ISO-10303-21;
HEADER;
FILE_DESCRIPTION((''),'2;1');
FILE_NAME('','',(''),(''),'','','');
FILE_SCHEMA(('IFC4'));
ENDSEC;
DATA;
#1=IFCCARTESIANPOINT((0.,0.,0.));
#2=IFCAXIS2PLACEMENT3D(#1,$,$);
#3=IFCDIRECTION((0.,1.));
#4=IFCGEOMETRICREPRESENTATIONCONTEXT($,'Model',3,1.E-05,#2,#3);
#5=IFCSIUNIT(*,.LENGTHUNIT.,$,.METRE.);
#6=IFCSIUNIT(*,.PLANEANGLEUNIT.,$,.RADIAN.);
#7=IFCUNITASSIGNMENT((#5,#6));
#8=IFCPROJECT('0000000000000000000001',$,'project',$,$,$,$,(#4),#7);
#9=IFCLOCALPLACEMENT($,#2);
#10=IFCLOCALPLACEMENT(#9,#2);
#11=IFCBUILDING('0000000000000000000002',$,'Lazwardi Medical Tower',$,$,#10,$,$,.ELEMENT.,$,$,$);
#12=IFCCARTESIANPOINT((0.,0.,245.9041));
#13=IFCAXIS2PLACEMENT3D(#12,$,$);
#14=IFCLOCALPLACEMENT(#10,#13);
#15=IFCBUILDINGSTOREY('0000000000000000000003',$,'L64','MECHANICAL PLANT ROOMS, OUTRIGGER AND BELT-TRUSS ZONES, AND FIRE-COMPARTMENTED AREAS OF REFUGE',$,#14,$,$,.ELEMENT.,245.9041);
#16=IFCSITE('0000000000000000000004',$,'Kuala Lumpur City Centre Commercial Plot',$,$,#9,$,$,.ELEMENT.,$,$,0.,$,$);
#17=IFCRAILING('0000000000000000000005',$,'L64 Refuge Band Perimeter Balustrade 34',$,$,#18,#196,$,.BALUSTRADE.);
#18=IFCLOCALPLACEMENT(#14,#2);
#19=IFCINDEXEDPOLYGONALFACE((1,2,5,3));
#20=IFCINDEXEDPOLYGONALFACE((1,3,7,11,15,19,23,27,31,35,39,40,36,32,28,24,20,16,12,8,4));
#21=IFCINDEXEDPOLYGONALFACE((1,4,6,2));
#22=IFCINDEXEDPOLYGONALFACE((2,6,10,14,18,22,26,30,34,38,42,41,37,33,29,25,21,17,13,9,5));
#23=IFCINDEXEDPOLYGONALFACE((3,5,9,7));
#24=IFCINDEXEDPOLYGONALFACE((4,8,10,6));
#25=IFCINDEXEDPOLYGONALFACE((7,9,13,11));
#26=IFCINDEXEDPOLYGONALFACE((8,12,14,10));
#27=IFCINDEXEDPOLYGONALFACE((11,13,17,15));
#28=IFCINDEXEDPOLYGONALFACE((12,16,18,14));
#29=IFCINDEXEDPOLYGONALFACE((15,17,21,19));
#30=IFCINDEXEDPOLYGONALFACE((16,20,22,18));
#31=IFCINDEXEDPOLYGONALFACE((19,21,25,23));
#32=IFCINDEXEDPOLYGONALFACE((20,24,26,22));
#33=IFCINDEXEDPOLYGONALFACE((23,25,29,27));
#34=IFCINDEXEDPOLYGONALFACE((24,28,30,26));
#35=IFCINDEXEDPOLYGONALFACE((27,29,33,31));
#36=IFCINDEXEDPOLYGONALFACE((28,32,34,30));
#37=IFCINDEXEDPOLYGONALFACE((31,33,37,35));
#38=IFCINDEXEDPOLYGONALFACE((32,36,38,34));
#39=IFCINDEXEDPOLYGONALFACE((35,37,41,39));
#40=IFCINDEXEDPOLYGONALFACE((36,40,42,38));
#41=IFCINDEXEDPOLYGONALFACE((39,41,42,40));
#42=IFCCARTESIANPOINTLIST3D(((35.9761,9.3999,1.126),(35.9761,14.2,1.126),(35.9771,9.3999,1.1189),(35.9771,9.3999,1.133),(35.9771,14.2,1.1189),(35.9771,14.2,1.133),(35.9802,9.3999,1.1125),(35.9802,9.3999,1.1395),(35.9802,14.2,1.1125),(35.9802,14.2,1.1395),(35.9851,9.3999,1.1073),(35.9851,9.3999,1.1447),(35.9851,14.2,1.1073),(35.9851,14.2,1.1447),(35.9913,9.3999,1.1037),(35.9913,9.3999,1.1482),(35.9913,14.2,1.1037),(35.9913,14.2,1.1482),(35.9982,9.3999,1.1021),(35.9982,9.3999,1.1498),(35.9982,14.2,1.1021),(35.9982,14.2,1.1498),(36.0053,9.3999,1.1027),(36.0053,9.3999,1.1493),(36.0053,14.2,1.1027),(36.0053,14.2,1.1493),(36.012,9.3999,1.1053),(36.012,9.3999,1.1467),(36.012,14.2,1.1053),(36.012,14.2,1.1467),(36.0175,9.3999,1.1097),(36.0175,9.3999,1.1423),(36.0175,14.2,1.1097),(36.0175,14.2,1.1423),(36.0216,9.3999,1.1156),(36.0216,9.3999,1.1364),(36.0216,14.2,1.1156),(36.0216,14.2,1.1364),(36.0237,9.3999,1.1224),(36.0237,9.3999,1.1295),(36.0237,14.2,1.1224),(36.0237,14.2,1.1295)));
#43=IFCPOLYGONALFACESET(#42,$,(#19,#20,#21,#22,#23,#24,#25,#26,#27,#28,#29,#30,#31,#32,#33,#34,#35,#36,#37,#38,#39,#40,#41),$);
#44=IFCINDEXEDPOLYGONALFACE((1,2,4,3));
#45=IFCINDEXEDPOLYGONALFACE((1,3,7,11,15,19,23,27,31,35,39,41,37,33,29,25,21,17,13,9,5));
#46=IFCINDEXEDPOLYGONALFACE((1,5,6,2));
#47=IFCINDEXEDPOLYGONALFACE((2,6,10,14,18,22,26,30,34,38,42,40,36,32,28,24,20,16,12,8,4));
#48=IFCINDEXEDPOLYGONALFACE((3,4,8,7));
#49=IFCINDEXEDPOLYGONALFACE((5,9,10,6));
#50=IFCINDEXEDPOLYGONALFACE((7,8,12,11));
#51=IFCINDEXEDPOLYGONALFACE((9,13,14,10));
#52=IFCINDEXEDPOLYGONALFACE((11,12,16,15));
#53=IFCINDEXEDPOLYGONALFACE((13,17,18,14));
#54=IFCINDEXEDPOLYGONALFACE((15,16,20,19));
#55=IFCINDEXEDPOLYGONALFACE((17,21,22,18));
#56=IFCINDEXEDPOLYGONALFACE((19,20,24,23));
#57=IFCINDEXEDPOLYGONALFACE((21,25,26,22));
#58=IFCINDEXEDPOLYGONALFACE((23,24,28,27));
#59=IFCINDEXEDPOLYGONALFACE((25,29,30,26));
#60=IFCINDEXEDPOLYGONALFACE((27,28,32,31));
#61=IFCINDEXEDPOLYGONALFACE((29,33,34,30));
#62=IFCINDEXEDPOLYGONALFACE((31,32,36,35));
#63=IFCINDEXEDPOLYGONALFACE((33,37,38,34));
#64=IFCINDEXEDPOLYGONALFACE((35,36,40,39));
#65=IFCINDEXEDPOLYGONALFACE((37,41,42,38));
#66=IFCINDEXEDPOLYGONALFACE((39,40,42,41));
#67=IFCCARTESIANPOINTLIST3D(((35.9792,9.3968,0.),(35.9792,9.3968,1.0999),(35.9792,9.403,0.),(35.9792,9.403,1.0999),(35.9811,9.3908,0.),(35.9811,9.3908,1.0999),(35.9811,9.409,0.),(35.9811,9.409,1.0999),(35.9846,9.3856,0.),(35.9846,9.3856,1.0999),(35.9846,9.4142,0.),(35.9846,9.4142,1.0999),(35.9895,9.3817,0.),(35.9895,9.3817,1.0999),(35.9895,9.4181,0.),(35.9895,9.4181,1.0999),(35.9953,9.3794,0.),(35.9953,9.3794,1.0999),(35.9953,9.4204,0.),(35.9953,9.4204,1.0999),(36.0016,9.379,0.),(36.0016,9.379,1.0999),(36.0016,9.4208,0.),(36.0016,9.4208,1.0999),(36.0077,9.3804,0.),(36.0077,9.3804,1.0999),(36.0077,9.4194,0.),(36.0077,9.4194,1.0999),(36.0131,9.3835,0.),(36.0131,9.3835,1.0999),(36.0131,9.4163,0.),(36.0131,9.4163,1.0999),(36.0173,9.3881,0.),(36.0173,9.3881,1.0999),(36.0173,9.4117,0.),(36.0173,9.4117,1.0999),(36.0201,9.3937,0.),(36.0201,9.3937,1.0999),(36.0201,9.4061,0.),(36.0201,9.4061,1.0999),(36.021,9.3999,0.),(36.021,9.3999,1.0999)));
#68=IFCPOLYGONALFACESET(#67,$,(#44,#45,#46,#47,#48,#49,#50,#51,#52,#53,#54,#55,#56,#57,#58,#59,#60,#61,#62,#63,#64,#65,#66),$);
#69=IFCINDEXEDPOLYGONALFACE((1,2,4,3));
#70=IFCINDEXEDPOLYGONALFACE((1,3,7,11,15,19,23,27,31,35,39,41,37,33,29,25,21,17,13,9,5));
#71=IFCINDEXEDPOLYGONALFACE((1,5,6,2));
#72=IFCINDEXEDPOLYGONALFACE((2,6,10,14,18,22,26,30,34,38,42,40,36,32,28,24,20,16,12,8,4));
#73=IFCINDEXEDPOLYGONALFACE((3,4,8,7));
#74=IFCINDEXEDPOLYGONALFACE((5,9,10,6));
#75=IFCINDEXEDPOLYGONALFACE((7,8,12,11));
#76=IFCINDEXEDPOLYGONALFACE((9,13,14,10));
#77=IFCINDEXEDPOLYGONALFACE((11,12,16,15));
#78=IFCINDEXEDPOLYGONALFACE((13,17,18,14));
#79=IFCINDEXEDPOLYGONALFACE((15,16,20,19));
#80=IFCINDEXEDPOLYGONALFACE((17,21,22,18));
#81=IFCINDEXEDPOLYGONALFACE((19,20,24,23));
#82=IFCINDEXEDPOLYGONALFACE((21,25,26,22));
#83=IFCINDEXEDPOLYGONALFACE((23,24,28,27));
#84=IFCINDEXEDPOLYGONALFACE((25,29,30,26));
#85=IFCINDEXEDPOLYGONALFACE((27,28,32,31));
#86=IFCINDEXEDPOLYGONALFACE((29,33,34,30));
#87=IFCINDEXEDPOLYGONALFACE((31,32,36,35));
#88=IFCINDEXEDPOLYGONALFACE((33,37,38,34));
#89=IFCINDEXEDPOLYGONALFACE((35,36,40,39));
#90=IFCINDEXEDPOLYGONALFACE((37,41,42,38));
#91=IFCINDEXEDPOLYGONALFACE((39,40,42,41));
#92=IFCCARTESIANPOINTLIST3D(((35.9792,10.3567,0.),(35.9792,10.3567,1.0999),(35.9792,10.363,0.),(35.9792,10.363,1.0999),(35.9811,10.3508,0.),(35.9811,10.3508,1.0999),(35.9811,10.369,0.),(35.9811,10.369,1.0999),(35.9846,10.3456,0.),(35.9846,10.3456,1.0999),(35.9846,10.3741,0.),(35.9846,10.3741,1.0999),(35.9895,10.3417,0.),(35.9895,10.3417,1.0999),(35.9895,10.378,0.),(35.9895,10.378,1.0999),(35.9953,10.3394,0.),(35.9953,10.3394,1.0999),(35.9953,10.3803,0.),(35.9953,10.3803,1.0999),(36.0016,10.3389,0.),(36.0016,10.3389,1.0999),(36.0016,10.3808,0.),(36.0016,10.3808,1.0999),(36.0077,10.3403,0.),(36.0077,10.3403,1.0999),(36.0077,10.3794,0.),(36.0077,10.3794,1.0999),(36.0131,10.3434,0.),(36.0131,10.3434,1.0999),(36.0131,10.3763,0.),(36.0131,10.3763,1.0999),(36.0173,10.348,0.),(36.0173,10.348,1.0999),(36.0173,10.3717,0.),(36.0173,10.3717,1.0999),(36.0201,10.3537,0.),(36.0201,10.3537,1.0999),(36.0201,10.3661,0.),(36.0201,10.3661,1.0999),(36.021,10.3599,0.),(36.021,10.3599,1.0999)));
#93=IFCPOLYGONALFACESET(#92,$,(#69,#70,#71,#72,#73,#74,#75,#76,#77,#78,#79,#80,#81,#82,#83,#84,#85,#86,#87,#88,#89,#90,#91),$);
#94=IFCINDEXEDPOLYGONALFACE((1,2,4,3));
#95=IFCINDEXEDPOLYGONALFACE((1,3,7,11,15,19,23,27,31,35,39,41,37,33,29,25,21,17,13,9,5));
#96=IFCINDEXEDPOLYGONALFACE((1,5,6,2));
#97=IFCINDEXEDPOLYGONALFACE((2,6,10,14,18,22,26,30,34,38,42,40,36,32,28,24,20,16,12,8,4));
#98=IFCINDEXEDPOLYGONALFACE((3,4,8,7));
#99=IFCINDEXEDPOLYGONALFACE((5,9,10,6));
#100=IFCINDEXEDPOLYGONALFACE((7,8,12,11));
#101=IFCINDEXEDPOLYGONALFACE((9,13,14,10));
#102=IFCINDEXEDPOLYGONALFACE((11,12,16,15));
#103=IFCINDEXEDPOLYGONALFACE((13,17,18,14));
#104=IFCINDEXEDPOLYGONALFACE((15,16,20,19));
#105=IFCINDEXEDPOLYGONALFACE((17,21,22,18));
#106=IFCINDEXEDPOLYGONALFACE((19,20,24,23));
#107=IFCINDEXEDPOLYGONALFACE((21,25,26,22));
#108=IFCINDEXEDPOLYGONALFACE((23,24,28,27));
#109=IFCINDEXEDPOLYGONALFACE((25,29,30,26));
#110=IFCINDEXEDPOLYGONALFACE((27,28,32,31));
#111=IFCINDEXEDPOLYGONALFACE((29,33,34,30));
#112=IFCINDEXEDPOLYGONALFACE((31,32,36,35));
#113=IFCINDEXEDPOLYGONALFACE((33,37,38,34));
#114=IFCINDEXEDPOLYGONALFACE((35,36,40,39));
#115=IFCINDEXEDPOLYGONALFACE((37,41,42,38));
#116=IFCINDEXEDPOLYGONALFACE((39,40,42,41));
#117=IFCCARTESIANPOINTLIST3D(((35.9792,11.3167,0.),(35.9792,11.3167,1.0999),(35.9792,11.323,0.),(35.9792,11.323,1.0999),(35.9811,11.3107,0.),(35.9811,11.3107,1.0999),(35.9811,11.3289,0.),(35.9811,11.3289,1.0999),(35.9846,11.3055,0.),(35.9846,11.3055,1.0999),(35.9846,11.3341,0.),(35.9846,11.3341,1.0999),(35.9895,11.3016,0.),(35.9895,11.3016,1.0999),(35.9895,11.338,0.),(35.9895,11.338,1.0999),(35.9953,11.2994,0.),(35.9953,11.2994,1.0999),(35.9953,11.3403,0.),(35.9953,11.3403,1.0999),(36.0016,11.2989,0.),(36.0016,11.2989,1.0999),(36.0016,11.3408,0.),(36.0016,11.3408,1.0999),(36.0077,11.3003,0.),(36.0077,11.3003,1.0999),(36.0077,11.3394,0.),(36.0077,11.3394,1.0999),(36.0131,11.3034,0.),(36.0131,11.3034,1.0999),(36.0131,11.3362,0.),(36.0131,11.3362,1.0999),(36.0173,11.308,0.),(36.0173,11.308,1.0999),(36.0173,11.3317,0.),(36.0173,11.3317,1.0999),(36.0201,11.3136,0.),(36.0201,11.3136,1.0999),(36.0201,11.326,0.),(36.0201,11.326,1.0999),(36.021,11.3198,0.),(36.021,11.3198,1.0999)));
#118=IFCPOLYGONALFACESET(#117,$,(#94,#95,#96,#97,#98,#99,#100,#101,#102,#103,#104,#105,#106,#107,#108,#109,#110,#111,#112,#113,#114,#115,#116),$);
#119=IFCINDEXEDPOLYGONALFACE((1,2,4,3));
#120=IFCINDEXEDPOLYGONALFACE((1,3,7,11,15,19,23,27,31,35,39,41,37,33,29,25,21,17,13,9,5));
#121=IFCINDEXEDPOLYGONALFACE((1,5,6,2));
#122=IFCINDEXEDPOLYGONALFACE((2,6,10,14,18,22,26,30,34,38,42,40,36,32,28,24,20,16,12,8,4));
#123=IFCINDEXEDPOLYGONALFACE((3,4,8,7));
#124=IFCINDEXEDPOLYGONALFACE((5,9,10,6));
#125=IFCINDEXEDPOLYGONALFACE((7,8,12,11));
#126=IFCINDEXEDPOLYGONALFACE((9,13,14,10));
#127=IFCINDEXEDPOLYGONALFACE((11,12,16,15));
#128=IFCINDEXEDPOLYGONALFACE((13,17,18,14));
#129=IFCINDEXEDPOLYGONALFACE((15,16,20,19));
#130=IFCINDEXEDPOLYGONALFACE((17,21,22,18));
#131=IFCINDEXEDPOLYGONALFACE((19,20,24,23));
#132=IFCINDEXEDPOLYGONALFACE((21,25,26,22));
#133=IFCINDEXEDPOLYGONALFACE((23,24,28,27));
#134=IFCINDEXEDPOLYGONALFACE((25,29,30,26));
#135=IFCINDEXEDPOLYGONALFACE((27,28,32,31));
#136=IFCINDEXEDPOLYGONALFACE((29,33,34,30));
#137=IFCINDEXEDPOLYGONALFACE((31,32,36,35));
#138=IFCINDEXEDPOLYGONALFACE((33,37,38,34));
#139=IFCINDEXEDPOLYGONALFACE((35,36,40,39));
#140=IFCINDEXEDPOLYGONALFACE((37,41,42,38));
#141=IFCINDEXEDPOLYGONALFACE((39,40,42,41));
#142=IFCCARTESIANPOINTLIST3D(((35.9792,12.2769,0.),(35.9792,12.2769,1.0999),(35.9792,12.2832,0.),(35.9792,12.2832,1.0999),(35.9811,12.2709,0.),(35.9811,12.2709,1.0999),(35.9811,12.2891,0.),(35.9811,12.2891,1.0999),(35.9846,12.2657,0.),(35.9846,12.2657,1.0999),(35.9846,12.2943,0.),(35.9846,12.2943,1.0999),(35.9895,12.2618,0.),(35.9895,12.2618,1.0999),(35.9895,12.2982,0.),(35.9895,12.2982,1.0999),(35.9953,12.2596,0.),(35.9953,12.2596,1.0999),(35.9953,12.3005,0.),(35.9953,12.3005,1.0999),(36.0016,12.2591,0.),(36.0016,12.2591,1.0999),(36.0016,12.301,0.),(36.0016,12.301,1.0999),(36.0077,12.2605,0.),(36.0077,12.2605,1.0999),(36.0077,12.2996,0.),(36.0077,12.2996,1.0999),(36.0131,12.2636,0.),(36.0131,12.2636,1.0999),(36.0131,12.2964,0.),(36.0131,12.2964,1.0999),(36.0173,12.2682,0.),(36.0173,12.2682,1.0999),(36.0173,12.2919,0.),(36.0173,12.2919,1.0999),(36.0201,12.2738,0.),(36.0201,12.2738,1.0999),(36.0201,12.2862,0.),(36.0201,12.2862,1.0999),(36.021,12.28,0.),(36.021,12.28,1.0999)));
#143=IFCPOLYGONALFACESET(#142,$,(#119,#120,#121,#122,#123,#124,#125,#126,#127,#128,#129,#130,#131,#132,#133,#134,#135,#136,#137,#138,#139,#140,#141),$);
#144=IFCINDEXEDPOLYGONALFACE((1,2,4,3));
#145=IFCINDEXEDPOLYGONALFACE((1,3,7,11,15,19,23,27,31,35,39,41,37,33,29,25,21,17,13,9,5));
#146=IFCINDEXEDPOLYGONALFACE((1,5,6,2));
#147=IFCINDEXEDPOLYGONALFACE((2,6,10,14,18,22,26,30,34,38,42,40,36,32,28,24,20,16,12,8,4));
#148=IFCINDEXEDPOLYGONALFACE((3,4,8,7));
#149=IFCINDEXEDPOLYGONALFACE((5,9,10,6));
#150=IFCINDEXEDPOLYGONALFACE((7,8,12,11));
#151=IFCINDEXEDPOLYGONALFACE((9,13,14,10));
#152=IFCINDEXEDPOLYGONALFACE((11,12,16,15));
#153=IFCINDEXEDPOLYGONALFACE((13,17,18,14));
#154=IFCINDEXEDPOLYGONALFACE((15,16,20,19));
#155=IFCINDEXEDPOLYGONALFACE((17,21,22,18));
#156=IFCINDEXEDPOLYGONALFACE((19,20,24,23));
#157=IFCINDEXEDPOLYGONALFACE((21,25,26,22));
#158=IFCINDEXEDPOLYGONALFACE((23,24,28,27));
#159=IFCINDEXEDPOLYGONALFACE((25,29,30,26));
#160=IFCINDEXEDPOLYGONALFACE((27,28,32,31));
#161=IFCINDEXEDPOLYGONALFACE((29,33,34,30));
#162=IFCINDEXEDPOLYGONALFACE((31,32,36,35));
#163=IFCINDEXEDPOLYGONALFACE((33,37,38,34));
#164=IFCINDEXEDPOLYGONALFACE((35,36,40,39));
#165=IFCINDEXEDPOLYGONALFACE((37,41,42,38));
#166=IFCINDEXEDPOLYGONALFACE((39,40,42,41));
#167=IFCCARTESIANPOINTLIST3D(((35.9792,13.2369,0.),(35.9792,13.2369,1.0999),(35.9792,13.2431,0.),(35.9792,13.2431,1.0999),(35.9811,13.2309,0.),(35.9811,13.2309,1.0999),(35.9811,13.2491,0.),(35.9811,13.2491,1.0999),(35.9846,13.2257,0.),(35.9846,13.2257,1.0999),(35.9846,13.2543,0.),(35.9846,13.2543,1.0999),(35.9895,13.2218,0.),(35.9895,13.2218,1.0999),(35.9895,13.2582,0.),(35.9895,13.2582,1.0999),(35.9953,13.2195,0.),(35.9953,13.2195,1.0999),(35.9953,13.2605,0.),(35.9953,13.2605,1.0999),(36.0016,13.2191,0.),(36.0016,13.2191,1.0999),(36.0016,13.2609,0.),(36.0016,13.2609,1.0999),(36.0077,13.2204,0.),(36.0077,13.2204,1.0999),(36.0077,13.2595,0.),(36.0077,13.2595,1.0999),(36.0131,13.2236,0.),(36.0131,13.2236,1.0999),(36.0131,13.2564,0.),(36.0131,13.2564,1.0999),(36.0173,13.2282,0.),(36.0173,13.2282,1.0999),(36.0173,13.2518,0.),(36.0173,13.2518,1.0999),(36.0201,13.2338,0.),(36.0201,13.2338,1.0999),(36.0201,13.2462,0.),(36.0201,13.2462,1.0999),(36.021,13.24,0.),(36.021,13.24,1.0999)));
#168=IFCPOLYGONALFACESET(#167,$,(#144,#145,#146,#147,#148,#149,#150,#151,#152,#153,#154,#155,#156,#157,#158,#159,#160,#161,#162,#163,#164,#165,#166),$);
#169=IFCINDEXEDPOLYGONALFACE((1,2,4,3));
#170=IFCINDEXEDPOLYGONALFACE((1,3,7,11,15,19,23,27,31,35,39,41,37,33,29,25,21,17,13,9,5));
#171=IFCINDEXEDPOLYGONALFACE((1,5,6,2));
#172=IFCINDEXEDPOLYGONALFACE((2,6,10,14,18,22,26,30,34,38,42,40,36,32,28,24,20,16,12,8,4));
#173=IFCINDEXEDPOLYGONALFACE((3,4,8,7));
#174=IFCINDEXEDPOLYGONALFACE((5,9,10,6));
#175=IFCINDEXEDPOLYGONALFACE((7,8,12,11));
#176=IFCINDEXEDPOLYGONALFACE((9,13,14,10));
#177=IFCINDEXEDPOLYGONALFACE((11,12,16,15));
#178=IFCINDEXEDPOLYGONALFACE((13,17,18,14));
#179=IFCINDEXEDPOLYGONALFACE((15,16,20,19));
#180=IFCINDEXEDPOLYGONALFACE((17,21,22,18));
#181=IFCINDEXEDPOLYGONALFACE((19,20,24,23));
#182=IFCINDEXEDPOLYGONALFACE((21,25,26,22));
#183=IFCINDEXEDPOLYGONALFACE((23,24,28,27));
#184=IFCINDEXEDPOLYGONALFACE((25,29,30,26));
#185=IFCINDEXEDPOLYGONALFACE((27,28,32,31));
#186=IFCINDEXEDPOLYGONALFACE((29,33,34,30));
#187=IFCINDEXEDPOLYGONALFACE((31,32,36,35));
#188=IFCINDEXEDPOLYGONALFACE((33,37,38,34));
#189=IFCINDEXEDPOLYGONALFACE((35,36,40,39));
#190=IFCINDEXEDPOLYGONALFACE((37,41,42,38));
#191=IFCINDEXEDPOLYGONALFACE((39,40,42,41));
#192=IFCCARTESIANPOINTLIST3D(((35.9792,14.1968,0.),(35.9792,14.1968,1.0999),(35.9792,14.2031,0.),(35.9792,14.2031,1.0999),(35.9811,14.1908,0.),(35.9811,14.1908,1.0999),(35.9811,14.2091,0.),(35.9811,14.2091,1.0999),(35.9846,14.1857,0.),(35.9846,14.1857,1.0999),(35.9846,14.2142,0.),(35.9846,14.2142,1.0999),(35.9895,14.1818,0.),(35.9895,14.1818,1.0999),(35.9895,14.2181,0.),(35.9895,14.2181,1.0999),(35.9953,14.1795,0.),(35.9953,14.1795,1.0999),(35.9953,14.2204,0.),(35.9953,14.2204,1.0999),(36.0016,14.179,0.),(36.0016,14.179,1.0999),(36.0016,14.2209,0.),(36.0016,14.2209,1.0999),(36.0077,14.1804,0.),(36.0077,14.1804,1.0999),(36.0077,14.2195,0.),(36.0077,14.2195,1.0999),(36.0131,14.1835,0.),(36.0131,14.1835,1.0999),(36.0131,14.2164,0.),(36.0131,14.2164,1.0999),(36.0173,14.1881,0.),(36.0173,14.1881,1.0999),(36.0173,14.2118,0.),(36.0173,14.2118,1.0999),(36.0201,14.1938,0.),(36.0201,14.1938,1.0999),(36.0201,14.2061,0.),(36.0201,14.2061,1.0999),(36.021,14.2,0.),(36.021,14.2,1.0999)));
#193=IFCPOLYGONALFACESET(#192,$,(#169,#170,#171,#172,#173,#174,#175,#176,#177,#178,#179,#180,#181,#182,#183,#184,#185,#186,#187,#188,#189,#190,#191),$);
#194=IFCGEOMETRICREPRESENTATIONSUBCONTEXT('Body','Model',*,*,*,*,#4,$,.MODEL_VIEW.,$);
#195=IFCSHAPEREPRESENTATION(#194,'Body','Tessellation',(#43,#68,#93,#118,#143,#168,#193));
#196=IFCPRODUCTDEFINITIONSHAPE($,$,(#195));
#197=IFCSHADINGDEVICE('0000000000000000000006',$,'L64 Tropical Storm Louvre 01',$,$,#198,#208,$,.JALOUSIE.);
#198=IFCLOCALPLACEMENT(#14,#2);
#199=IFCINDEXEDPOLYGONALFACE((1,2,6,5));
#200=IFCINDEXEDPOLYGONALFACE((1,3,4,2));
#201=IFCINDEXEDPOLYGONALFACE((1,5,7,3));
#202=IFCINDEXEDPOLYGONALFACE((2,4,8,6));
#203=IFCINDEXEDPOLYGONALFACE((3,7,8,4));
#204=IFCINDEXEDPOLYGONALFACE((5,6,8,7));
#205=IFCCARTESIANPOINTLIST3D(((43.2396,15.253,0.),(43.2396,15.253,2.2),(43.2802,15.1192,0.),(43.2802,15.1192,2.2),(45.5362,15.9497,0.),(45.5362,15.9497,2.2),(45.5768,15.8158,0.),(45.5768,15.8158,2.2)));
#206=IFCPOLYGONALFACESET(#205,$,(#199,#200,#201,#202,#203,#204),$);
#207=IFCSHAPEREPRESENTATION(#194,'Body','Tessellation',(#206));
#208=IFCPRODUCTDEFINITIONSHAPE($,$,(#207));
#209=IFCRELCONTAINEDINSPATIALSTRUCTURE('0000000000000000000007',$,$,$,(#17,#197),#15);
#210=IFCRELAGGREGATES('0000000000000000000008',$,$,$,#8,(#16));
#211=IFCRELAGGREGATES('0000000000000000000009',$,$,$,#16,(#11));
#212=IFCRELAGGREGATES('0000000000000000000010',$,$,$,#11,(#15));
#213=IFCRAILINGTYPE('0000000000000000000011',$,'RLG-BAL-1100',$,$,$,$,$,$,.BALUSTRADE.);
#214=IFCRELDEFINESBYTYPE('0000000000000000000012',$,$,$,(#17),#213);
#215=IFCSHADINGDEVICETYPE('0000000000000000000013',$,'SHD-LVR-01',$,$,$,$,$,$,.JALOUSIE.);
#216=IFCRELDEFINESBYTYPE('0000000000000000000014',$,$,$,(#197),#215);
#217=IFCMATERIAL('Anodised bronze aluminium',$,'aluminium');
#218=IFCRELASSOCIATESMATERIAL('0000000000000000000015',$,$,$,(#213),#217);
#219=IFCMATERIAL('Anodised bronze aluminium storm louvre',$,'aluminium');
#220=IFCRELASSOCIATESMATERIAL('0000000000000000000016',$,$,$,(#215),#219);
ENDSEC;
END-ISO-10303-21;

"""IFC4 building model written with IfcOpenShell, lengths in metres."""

from ifc_helpers import new_model, si_unit, direction, frame, origin, origin_2d, place, context, subcontext, project, spatial, rectangle, circle, extrude, material, type_object, element, save


model = new_model("IFC4")

# Units and contexts
model_context = context("Model", 3, precision=1e-05, world=origin(), true_north=direction((0.0, 1.0)))
body_context = subcontext(model_context, "Body", "Model", "MODEL_VIEW")
ifc_project = project(units=[si_unit("LENGTHUNIT", "METRE"), si_unit("PLANEANGLEUNIT", "RADIAN")], contexts=[model_context])

# Site, building, storey
site_placement = place(None, origin())
site = spatial("IfcSite", under=ifc_project, at=site_placement, Name="Kuala Lumpur City Centre Commercial Plot", CompositionType="ELEMENT", RefElevation=0.0)
building_placement = place(site_placement, origin())
building = spatial("IfcBuilding", under=site, at=building_placement, Name="Lazwardi Medical Tower", CompositionType="ELEMENT")
storey_placement = place(building_placement, frame((0.0, 0.0, 245.9041)))
storey = spatial("IfcBuildingStorey", under=building, at=storey_placement, Name="L64", Description="MECHANICAL PLANT ROOMS, OUTRIGGER AND BELT-TRUSS ZONES, AND FIRE-COMPARTMENTED AREAS OF REFUGE", CompositionType="ELEMENT", Elevation=245.9041)

# Railing
ifc_material_1 = material(Name="Anodised bronze aluminium", Category="aluminium")
railing_type = type_object("IfcRailingType", Name="RLG-BAL-1100", PredefinedType="BALUSTRADE", material=ifc_material_1)
railing_1_placement = place(storey_placement, frame((36.0, 9.3999, 0.0)))
element("IfcRailing", 1, at=railing_1_placement, inside=storey, type_object=railing_type, Name="L64 Refuge Band Perimeter Balustrade 34", PredefinedType="BALUSTRADE", context=body_context, shape_type="SweptSolid", body=[
    extrude(circle(Radius=0.0239, at=origin_2d()), frame((0.0, 0.0, 1.126), z_axis=(0.0, 1.0, 0.0), x_axis=(-1.0, 0.0, 0.0)), (0.0, 0.0, 1.0), 4.8),
    extrude(circle(Radius=0.021, at=origin_2d()), origin(), (0.0, 0.0, 1.0), 1.0999),
    extrude(circle(Radius=0.021, at=origin_2d()), frame((0.0, 0.96, 0.0)), (0.0, 0.0, 1.0), 1.0999),
    extrude(circle(Radius=0.021, at=origin_2d()), frame((0.0, 1.9199, 0.0)), (0.0, 0.0, 1.0), 1.0999),
    extrude(circle(Radius=0.021, at=origin_2d()), frame((0.0, 2.8801, 0.0)), (0.0, 0.0, 1.0), 1.0999),
    extrude(circle(Radius=0.021, at=origin_2d()), frame((0.0, 3.8401, 0.0)), (0.0, 0.0, 1.0), 1.0999),
    extrude(circle(Radius=0.021, at=origin_2d()), frame((0.0, 4.8, 0.0)), (0.0, 0.0, 1.0), 1.0999),
])

# Shading device
ifc_material_2 = material(Name="Anodised bronze aluminium storm louvre", Category="aluminium")
shading_device_type = type_object("IfcShadingDeviceType", Name="SHD-LVR-01", PredefinedType="JALOUSIE", material=ifc_material_2)
shading_device_placement = place(storey_placement, frame((44.4082, 15.5344, 0.0), z_axis=(0.0, 0.0, 1.0), x_axis=(0.956939, 0.29029, 0.0)))
element("IfcShadingDevice", 2, at=shading_device_placement, inside=storey, type_object=shading_device_type, Name="L64 Tropical Storm Louvre 01", PredefinedType="JALOUSIE", context=body_context, shape_type="SweptSolid", body=[
    extrude(rectangle(XDim=2.3999, YDim=0.1399, at=origin_2d()), origin(), (0.0, 0.0, 1.0), 2.2),
])

save(model, "model.ifc")
